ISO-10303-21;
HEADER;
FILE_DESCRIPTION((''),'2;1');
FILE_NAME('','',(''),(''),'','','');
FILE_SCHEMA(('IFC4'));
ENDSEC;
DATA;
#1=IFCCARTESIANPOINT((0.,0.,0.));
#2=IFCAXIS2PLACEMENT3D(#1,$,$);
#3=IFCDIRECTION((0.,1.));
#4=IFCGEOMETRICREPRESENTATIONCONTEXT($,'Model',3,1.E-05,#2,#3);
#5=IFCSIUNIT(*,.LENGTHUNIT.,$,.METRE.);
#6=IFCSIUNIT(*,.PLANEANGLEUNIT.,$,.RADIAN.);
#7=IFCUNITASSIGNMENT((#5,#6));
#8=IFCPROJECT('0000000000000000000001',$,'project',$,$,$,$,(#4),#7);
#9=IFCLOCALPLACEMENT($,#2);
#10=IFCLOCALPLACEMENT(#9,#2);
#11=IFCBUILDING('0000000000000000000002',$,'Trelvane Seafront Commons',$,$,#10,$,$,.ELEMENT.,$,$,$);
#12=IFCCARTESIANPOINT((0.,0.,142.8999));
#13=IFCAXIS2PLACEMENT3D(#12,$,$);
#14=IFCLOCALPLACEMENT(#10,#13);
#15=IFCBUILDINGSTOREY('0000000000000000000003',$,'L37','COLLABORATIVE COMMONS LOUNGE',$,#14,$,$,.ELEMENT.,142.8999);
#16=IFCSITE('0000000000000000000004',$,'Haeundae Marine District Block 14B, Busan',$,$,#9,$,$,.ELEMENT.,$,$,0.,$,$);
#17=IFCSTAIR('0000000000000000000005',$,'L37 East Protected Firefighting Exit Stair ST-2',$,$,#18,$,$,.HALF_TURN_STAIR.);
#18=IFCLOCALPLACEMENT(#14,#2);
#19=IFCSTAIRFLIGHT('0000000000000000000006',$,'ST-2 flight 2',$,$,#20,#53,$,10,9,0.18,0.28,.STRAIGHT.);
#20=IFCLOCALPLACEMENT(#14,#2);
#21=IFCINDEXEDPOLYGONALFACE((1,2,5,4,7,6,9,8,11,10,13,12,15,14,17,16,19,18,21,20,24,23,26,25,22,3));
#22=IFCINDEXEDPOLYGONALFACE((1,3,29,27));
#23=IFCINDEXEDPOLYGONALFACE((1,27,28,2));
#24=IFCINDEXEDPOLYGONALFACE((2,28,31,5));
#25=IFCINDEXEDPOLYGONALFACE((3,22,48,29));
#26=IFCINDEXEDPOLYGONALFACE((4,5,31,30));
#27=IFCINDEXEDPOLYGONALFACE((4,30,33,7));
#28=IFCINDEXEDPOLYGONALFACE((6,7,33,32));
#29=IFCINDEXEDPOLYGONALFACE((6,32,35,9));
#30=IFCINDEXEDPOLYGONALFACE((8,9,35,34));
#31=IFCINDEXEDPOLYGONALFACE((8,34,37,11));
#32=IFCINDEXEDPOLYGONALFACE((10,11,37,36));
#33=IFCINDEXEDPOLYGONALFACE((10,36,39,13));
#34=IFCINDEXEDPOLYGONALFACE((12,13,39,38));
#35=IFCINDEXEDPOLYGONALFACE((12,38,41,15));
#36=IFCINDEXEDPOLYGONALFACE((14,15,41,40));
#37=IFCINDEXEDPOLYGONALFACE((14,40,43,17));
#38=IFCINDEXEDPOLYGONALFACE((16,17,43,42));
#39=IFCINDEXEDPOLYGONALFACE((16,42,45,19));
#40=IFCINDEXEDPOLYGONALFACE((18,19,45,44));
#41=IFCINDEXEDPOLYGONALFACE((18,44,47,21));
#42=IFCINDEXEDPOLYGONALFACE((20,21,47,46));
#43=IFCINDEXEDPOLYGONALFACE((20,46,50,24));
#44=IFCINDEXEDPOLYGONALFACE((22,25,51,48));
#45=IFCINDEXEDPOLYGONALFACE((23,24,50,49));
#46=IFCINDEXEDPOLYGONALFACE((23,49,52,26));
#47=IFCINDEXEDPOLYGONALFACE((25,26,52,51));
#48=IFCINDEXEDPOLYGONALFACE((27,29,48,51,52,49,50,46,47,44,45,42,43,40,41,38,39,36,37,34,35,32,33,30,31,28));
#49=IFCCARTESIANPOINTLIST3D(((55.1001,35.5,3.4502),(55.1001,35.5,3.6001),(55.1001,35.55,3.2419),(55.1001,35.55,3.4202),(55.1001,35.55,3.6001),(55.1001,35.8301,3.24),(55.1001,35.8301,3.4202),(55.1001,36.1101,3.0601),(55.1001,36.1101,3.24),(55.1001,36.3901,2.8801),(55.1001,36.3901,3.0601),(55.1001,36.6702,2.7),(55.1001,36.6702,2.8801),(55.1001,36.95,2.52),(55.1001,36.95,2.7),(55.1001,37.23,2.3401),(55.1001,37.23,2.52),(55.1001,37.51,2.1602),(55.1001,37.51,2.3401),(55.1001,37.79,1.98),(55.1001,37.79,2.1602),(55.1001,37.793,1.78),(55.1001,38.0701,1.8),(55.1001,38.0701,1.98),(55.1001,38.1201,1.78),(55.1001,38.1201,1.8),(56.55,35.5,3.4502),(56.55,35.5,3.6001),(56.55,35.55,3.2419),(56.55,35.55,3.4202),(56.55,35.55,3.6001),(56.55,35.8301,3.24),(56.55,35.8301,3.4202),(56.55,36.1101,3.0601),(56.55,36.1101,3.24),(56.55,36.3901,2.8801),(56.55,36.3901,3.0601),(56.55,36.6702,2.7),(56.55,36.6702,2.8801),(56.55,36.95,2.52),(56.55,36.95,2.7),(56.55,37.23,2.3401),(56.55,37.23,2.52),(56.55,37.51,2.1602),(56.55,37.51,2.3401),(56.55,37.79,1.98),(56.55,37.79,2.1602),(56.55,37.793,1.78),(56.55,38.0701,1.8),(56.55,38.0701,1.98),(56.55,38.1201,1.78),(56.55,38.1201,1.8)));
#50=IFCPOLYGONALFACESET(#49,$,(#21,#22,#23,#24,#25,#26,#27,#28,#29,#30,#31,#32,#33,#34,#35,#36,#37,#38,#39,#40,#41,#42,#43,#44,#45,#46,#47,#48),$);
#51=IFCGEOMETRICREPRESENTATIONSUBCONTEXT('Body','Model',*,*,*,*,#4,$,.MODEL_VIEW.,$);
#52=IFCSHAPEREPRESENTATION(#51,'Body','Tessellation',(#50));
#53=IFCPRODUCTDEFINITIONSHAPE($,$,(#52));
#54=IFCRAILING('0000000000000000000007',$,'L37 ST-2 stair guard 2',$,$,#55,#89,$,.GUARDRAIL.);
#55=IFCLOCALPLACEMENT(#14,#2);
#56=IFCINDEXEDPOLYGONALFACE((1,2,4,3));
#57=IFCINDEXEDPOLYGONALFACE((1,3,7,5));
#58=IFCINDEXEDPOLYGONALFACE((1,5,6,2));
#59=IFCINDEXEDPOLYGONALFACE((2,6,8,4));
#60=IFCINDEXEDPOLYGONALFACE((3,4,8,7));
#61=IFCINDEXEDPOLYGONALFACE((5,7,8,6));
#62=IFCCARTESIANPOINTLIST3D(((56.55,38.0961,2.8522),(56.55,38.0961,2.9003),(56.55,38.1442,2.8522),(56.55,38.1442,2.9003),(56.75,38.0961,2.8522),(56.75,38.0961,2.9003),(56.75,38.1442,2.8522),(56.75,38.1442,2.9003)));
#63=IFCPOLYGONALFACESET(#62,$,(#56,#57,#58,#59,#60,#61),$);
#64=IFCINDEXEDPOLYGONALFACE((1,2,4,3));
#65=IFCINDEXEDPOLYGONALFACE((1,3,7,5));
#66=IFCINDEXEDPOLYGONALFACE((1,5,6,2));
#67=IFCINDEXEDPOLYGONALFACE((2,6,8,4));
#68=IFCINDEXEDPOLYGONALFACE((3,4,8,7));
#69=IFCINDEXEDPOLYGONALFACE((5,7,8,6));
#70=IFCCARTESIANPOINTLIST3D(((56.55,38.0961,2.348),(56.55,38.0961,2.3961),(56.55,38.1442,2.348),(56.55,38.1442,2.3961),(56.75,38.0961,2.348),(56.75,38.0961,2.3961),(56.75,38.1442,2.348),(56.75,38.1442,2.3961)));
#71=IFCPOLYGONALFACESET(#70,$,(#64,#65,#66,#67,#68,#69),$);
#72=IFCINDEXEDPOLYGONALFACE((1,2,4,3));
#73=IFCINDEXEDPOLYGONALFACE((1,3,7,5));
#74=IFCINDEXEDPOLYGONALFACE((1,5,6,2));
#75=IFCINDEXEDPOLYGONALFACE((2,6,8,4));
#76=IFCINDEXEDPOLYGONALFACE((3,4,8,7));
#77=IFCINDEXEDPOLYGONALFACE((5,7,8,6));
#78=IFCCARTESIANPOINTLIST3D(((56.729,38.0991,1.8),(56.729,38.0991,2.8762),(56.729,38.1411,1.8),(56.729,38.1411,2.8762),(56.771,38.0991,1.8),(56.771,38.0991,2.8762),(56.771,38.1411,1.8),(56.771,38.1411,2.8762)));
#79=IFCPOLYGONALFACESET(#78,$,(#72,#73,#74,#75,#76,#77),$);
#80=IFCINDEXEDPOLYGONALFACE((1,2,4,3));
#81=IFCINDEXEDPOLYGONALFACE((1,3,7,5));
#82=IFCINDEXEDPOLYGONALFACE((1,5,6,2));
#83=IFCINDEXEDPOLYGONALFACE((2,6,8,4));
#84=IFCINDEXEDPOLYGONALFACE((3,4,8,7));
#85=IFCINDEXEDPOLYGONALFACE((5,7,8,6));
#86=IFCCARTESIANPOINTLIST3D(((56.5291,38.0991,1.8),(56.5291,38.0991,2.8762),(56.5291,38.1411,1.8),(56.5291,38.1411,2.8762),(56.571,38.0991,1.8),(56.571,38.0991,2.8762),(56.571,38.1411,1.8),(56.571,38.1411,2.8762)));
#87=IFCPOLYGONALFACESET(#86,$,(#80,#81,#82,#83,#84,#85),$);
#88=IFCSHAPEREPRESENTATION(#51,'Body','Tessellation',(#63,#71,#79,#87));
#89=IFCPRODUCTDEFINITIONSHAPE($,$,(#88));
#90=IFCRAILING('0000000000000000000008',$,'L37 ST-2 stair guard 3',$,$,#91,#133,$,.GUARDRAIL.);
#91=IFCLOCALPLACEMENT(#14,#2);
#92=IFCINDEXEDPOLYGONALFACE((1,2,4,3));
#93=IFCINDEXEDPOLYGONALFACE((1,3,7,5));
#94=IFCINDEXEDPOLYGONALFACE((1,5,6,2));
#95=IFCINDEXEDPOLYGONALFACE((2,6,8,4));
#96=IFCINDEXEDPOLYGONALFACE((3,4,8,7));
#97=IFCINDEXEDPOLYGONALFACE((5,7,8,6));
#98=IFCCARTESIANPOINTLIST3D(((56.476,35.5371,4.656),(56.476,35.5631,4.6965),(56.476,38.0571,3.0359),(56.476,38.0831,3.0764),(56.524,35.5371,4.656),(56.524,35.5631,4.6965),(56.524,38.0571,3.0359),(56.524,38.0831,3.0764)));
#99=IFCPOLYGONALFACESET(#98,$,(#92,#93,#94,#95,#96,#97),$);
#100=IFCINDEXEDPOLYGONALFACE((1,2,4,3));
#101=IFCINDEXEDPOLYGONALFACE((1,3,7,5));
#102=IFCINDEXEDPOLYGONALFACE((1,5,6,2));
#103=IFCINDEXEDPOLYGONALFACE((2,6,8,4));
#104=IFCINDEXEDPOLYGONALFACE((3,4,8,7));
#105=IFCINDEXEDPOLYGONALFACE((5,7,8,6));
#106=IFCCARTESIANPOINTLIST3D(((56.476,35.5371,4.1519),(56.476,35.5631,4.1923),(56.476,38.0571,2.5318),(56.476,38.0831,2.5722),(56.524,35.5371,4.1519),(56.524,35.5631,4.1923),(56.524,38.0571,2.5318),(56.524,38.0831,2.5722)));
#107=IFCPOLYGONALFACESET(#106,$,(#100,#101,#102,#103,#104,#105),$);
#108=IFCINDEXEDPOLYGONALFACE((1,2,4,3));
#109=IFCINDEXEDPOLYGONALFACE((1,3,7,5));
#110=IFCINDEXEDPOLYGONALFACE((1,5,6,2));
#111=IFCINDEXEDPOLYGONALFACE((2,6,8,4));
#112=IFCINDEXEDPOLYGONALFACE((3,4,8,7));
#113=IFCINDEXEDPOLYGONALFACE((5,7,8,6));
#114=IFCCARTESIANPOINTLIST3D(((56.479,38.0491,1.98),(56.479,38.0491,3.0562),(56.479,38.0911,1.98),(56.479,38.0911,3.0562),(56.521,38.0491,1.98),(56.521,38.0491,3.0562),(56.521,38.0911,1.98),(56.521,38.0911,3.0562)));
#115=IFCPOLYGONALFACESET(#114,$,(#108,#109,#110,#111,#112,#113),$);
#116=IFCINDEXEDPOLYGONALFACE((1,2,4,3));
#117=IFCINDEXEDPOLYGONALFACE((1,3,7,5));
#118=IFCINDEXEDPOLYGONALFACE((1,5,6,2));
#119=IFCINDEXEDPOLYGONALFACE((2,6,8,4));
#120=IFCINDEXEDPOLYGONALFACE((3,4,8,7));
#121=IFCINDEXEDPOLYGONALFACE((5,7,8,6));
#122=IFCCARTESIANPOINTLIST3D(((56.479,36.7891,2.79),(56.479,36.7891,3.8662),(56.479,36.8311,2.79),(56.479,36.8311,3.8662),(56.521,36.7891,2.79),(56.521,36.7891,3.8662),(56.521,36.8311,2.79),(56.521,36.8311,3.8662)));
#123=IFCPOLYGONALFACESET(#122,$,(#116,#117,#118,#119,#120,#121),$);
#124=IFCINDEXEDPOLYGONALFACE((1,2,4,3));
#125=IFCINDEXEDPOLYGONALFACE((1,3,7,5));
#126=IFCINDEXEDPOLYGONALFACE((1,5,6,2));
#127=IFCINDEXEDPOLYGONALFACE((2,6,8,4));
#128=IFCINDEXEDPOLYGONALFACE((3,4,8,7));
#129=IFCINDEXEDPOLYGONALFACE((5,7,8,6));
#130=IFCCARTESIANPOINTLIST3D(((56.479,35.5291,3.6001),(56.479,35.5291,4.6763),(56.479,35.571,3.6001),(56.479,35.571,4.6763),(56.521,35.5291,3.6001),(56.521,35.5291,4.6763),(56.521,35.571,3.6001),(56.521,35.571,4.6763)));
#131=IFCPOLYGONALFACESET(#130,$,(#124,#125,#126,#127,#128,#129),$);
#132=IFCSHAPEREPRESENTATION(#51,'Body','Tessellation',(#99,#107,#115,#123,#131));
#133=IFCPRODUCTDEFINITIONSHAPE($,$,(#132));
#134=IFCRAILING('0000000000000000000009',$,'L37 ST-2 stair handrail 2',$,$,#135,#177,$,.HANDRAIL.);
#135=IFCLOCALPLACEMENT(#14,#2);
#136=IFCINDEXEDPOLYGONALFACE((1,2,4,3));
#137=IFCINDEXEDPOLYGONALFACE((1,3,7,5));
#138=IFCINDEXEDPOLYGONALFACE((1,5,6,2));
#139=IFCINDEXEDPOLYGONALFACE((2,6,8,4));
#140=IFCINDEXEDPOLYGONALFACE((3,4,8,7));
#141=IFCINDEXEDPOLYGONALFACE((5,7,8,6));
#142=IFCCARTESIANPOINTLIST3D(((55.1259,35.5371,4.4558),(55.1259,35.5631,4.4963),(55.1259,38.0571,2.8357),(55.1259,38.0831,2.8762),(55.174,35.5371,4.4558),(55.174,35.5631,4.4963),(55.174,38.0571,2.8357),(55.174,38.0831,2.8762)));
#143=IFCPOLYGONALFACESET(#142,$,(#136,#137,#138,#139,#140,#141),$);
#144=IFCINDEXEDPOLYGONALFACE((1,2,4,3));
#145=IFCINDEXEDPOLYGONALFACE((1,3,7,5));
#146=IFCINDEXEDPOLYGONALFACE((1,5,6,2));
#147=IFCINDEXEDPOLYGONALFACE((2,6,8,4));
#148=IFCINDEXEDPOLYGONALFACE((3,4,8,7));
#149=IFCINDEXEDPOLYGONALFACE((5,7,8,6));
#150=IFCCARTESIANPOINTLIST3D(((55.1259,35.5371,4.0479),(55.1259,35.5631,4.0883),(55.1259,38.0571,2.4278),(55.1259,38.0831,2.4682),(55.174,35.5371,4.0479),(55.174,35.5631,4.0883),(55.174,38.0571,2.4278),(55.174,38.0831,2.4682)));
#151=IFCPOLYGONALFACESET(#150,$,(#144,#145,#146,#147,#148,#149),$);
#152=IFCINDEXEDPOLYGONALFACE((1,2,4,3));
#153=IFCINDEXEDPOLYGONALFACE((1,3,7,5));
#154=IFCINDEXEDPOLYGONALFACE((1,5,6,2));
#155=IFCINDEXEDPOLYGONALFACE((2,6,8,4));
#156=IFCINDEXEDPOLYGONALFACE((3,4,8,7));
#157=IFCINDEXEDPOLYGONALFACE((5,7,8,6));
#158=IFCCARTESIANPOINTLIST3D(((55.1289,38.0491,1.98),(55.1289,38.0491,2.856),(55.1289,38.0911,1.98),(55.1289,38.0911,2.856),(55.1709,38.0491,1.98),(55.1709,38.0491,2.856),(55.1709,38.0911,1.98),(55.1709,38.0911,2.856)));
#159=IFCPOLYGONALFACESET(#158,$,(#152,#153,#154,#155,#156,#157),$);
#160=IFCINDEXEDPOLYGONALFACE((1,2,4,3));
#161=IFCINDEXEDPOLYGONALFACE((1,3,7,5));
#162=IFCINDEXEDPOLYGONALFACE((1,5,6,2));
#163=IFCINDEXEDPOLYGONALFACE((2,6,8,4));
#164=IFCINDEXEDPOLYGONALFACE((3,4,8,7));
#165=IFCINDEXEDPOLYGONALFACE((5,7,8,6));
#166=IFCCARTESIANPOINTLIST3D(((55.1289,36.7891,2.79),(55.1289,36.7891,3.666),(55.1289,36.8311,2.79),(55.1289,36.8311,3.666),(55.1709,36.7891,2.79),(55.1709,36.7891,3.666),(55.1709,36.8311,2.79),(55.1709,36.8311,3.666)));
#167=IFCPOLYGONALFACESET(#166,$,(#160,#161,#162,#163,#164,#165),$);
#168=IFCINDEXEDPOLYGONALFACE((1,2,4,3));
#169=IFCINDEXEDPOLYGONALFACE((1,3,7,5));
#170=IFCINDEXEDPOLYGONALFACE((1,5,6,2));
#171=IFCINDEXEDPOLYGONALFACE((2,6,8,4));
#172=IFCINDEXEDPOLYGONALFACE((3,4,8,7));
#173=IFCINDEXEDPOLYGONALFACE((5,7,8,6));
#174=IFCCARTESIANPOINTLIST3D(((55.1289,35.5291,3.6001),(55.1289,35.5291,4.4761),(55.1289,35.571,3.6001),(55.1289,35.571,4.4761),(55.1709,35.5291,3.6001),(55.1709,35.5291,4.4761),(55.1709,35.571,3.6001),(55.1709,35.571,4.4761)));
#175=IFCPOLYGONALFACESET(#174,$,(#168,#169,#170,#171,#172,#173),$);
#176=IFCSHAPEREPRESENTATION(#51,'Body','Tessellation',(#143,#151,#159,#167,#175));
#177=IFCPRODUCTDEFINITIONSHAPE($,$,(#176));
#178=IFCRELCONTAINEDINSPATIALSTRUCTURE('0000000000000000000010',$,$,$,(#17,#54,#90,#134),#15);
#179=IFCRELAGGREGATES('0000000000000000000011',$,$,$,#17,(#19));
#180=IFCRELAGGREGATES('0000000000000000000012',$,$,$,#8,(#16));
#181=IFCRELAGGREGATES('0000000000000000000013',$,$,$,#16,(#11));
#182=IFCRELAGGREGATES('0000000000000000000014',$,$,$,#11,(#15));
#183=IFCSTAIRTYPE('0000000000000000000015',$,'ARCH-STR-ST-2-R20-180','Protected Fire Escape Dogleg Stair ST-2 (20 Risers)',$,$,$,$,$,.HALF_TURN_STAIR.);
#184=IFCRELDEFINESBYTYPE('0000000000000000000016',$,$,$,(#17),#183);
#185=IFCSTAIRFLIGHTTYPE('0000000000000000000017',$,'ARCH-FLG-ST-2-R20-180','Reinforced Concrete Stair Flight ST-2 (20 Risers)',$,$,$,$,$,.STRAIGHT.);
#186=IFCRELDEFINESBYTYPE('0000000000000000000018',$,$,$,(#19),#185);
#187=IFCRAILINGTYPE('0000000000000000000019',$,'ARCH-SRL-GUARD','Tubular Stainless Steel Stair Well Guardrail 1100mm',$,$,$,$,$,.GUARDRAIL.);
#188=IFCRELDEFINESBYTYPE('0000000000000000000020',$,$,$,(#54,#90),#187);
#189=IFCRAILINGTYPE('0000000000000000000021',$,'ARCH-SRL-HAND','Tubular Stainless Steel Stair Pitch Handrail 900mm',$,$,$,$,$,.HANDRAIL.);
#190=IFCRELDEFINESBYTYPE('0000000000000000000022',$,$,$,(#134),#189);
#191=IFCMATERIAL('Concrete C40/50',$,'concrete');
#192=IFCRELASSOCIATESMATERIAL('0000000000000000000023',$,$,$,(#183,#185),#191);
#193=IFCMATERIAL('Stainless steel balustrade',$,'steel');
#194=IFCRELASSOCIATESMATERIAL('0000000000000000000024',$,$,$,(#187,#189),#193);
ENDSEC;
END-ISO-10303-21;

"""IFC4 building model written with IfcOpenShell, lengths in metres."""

from ifc_helpers import new_model, si_unit, direction, frame, origin, origin_2d, place, context, subcontext, project, spatial, polyline, rectangle, outline, extrude, source, transform, mapped, material, type_object, element, aggregate, save


model = new_model("IFC4")

# Units and contexts
model_context = context("Model", 3, precision=1e-05, world=origin(), true_north=direction((0.0, 1.0)))
body_context = subcontext(model_context, "Body", "Model", "MODEL_VIEW")
ifc_project = project(units=[si_unit("LENGTHUNIT", "METRE"), si_unit("PLANEANGLEUNIT", "RADIAN")], contexts=[model_context])

# Site, building, storey
site_placement = place(None, origin())
site = spatial("IfcSite", under=ifc_project, at=site_placement, Name="Haeundae Marine District Block 14B, Busan", CompositionType="ELEMENT", RefElevation=0.0)
building_placement = place(site_placement, origin())
building = spatial("IfcBuilding", under=site, at=building_placement, Name="Trelvane Seafront Commons", CompositionType="ELEMENT")
storey_placement = place(building_placement, frame((0.0, 0.0, 142.8999)))
storey = spatial("IfcBuildingStorey", under=building, at=storey_placement, Name="L37", Description="COLLABORATIVE COMMONS LOUNGE", CompositionType="ELEMENT", Elevation=142.8999)

# Stair, stair flight
ifc_material_1 = material(Name="Concrete C40/50", Category="concrete")
stair_type = type_object("IfcStairType", Name="ARCH-STR-ST-2-R20-180", Description="Protected Fire Escape Dogleg Stair ST-2 (20 Risers)", PredefinedType="HALF_TURN_STAIR", material=ifc_material_1)
stair_placement = place(storey_placement, origin())
stair = element("IfcStair", 1, at=stair_placement, inside=storey, type_object=stair_type, Name="L37 East Protected Firefighting Exit Stair ST-2", PredefinedType="HALF_TURN_STAIR")
stair_flight_type = type_object("IfcStairFlightType", Name="ARCH-FLG-ST-2-R20-180", Description="Reinforced Concrete Stair Flight ST-2 (20 Risers)", PredefinedType="STRAIGHT", material=ifc_material_1)
shared_shape_1 = source(origin(), body_context, "Body", "SweptSolid", [
    extrude(outline(polyline([(-0.05, -0.02), (-0.05, 0.0), (0.0, 0.0), (0.0, 0.1799), (0.28, 0.1799), (0.28, 0.3601), (0.5601, 0.3601), (0.5601, 0.54), (0.8401, 0.54), (0.8401, 0.72), (1.1201, 0.72), (1.1201, 0.8999), (1.3999, 0.8999), (1.3999, 1.0801), (1.6799, 1.0801), (1.6799, 1.26), (1.96, 1.26), (1.96, 1.4399), (2.24, 1.4399), (2.24, 1.6201), (2.52, 1.6201), (2.52, 1.8), (2.5701, 1.8), (2.5701, 1.6501), (2.52, 1.4419), (0.2771, -0.02), (-0.05, -0.02)])), frame((0.0, 0.7251, 0.0), z_axis=(0.0, -1.0, 0.0), x_axis=(1.0, 0.0, 0.0)), (0.0, 0.0, 1.0), 1.45),
])
stair_flight_placement = place(storey_placement, frame((55.825, 38.0701, 1.8), z_axis=(0.0, 0.0, 1.0), x_axis=(0.0, -1.0, 0.0)))
stair_flight = element("IfcStairFlight", 2, at=stair_flight_placement, type_object=stair_flight_type, Name="ST-2 flight 2", NumberOfRisers=10, NumberOfTreads=9, PredefinedType="STRAIGHT", RiserHeight=0.18, TreadLength=0.28, context=body_context, shape_type="MappedRepresentation", body=[
    mapped(shared_shape_1, transform((0.0, 0.0, 0.0), x_axis=(1.0, 0.0, 0.0), y_axis=(0.0, 1.0, 0.0), z_axis=(0.0, 0.0, 1.0), scale=1.0)),
])
aggregate(stair, [stair_flight])

# Railings
ifc_material_2 = material(Name="Stainless steel balustrade", Category="steel")
railing_type_1 = type_object("IfcRailingType", Name="ARCH-SRL-GUARD", Description="Tubular Stainless Steel Stair Well Guardrail 1100mm", PredefinedType="GUARDRAIL", material=ifc_material_2)
railing_1_placement = place(storey_placement, frame((56.75, 38.1201, 1.8)))
element("IfcRailing", 3, at=railing_1_placement, inside=storey, type_object=railing_type_1, Name="L37 ST-2 stair guard 2", PredefinedType="GUARDRAIL", context=body_context, shape_type="SweptSolid", body=[
    extrude(rectangle(XDim=0.0481, YDim=0.0481, at=origin_2d()), frame((0.0, 0.0, 1.0762), z_axis=(-1.0, 0.0, 0.0), x_axis=(0.0, -1.0, 0.0)), (0.0, 0.0, 1.0), 0.2),
    extrude(rectangle(XDim=0.0481, YDim=0.0481, at=origin_2d()), frame((0.0, 0.0, 0.572), z_axis=(-1.0, 0.0, 0.0), x_axis=(0.0, -1.0, 0.0)), (0.0, 0.0, 1.0), 0.2),
    extrude(rectangle(XDim=0.042, YDim=0.042, at=origin_2d()), origin(), (0.0, 0.0, 1.0), 1.0762),
    extrude(rectangle(XDim=0.042, YDim=0.042, at=origin_2d()), frame((-0.2, 0.0, 0.0)), (0.0, 0.0, 1.0), 1.0762),
])
railing_2_placement = place(storey_placement, frame((56.5, 38.0701, 1.98)))
element("IfcRailing", 4, at=railing_2_placement, inside=storey, type_object=railing_type_1, Name="L37 ST-2 stair guard 3", PredefinedType="GUARDRAIL", context=body_context, shape_type="SweptSolid", body=[
    extrude(rectangle(XDim=0.0481, YDim=0.0481, at=origin_2d()), frame((0.0, 0.0, 1.0762), z_axis=(0.0, -0.841163, 0.540782), x_axis=(1.0, 0.0, 0.0)), (0.0, 0.0, 1.0), 2.9958),
    extrude(rectangle(XDim=0.0481, YDim=0.0481, at=origin_2d()), frame((0.0, 0.0, 0.572), z_axis=(0.0, -0.841163, 0.540782), x_axis=(1.0, 0.0, 0.0)), (0.0, 0.0, 1.0), 2.9958),
    extrude(rectangle(XDim=0.042, YDim=0.042, at=origin_2d()), origin(), (0.0, 0.0, 1.0), 1.0762),
    extrude(rectangle(XDim=0.042, YDim=0.042, at=origin_2d()), frame((0.0, -1.26, 0.8101)), (0.0, 0.0, 1.0), 1.0762),
    extrude(rectangle(XDim=0.042, YDim=0.042, at=origin_2d()), frame((0.0, -2.52, 1.6201)), (0.0, 0.0, 1.0), 1.0762),
])
railing_type_2 = type_object("IfcRailingType", Name="ARCH-SRL-HAND", Description="Tubular Stainless Steel Stair Pitch Handrail 900mm", PredefinedType="HANDRAIL", material=ifc_material_2)
railing_3_placement = place(storey_placement, frame((55.1499, 38.0701, 1.98)))
element("IfcRailing", 5, at=railing_3_placement, inside=storey, type_object=railing_type_2, Name="L37 ST-2 stair handrail 2", PredefinedType="HANDRAIL", context=body_context, shape_type="SweptSolid", body=[
    extrude(rectangle(XDim=0.0481, YDim=0.0481, at=origin_2d()), frame((0.0, 0.0, 0.876), z_axis=(0.0, -0.841163, 0.540782), x_axis=(1.0, 0.0, 0.0)), (0.0, 0.0, 1.0), 2.9958),
    extrude(rectangle(XDim=0.0481, YDim=0.0481, at=origin_2d()), frame((0.0, 0.0, 0.468), z_axis=(0.0, -0.841163, 0.540782), x_axis=(1.0, 0.0, 0.0)), (0.0, 0.0, 1.0), 2.9958),
    extrude(rectangle(XDim=0.042, YDim=0.042, at=origin_2d()), origin(), (0.0, 0.0, 1.0), 0.876),
    extrude(rectangle(XDim=0.042, YDim=0.042, at=origin_2d()), frame((0.0, -1.26, 0.8101)), (0.0, 0.0, 1.0), 0.876),
    extrude(rectangle(XDim=0.042, YDim=0.042, at=origin_2d()), frame((0.0, -2.52, 1.6201)), (0.0, 0.0, 1.0), 0.876),
])

save(model, "model.ifc")
